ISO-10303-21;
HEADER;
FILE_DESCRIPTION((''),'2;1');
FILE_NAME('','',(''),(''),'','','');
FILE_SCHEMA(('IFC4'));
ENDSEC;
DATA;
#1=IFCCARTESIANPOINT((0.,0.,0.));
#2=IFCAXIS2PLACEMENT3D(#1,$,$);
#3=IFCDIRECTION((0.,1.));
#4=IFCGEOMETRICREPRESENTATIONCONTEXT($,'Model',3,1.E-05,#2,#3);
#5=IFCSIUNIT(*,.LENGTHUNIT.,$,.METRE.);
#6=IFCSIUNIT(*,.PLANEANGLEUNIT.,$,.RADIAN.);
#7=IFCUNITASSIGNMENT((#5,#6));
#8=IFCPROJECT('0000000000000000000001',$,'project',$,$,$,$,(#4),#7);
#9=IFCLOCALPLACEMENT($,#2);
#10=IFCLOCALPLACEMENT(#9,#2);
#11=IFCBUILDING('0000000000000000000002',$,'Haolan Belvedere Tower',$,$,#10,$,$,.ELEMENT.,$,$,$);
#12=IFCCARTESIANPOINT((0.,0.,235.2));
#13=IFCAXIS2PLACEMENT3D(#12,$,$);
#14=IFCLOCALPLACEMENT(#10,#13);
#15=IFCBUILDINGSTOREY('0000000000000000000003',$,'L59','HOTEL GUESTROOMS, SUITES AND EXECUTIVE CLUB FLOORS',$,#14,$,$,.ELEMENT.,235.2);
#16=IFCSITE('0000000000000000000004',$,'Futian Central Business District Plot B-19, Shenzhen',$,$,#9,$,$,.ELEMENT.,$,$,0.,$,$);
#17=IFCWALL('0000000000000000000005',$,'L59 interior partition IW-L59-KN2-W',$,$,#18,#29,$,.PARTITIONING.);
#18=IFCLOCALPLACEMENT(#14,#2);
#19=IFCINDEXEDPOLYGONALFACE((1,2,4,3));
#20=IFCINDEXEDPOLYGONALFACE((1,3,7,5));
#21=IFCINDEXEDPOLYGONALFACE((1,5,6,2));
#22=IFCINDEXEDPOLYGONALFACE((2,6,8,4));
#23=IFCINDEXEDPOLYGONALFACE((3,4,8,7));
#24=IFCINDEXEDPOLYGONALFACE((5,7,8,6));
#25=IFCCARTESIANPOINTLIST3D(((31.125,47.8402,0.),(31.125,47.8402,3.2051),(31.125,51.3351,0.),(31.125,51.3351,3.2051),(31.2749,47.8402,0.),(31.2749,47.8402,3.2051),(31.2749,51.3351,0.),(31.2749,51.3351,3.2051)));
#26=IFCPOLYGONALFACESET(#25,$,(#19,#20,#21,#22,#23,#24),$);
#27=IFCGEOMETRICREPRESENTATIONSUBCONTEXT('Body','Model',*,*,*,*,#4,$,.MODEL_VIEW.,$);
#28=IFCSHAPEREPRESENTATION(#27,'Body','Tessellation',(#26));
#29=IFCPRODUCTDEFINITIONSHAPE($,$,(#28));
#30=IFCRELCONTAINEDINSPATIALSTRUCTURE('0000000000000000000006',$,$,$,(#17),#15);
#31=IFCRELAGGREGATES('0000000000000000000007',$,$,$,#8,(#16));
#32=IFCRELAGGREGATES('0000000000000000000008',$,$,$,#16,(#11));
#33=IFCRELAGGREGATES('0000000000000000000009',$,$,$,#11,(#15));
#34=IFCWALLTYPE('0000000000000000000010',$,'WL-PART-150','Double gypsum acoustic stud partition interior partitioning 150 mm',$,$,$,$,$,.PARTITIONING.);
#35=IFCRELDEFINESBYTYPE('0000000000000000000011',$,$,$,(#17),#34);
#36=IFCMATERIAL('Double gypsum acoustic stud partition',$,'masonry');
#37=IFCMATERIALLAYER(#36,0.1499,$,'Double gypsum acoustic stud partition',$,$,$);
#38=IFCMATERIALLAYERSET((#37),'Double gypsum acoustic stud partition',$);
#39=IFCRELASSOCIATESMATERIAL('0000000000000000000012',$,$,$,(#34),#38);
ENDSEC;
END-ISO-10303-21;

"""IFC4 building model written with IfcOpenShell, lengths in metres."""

from ifc_helpers import new_model, si_unit, direction, frame, frame_2d, origin, place, context, subcontext, project, spatial, rectangle, extrude, material, layer, layer_set, type_object, element, save


model = new_model("IFC4")

# Units and contexts
model_context = context("Model", 3, precision=1e-05, world=origin(), true_north=direction((0.0, 1.0)))
body_context = subcontext(model_context, "Body", "Model", "MODEL_VIEW")
ifc_project = project(units=[si_unit("LENGTHUNIT", "METRE"), si_unit("PLANEANGLEUNIT", "RADIAN")], contexts=[model_context])

# Site, building, storey
site_placement = place(None, origin())
site = spatial("IfcSite", under=ifc_project, at=site_placement, Name="Futian Central Business District Plot B-19, Shenzhen", CompositionType="ELEMENT", RefElevation=0.0)
building_placement = place(site_placement, origin())
building = spatial("IfcBuilding", under=site, at=building_placement, Name="Haolan Belvedere Tower", CompositionType="ELEMENT")
storey_placement = place(building_placement, frame((0.0, 0.0, 235.2)))
storey = spatial("IfcBuildingStorey", under=building, at=storey_placement, Name="L59", Description="HOTEL GUESTROOMS, SUITES AND EXECUTIVE CLUB FLOORS", CompositionType="ELEMENT", Elevation=235.2)

# Shared definitions
ifc_material_1 = material(Name="Double gypsum acoustic stud partition", Category="masonry")
ifc_layer_1 = layer(ifc_material_1, 0.1499, Name="Double gypsum acoustic stud partition")
ifc_layer_set_1 = layer_set([ifc_layer_1], Name="Double gypsum acoustic stud partition")
wall_type_1 = type_object("IfcWallType", Name="WL-PART-150", Description="Double gypsum acoustic stud partition interior partitioning 150 mm", PredefinedType="PARTITIONING", material=ifc_layer_set_1)

# Wall
wall_1_placement = place(storey_placement, frame((31.2, 47.8401, 0.0), z_axis=(0.0, 0.0, 1.0), x_axis=(0.0, 1.0, 0.0)))
element("IfcWall", 1, at=wall_1_placement, inside=storey, type_object=wall_type_1, Name="L59 interior partition IW-L59-KN2-W", PredefinedType="PARTITIONING", context=body_context, shape_type="SweptSolid", body=[
    extrude(rectangle(XDim=3.4949, YDim=0.1499, at=frame_2d((1.7476, 0.0))), origin(), (0.0, 0.0, 1.0), 3.2051),
])

save(model, "model.ifc")
